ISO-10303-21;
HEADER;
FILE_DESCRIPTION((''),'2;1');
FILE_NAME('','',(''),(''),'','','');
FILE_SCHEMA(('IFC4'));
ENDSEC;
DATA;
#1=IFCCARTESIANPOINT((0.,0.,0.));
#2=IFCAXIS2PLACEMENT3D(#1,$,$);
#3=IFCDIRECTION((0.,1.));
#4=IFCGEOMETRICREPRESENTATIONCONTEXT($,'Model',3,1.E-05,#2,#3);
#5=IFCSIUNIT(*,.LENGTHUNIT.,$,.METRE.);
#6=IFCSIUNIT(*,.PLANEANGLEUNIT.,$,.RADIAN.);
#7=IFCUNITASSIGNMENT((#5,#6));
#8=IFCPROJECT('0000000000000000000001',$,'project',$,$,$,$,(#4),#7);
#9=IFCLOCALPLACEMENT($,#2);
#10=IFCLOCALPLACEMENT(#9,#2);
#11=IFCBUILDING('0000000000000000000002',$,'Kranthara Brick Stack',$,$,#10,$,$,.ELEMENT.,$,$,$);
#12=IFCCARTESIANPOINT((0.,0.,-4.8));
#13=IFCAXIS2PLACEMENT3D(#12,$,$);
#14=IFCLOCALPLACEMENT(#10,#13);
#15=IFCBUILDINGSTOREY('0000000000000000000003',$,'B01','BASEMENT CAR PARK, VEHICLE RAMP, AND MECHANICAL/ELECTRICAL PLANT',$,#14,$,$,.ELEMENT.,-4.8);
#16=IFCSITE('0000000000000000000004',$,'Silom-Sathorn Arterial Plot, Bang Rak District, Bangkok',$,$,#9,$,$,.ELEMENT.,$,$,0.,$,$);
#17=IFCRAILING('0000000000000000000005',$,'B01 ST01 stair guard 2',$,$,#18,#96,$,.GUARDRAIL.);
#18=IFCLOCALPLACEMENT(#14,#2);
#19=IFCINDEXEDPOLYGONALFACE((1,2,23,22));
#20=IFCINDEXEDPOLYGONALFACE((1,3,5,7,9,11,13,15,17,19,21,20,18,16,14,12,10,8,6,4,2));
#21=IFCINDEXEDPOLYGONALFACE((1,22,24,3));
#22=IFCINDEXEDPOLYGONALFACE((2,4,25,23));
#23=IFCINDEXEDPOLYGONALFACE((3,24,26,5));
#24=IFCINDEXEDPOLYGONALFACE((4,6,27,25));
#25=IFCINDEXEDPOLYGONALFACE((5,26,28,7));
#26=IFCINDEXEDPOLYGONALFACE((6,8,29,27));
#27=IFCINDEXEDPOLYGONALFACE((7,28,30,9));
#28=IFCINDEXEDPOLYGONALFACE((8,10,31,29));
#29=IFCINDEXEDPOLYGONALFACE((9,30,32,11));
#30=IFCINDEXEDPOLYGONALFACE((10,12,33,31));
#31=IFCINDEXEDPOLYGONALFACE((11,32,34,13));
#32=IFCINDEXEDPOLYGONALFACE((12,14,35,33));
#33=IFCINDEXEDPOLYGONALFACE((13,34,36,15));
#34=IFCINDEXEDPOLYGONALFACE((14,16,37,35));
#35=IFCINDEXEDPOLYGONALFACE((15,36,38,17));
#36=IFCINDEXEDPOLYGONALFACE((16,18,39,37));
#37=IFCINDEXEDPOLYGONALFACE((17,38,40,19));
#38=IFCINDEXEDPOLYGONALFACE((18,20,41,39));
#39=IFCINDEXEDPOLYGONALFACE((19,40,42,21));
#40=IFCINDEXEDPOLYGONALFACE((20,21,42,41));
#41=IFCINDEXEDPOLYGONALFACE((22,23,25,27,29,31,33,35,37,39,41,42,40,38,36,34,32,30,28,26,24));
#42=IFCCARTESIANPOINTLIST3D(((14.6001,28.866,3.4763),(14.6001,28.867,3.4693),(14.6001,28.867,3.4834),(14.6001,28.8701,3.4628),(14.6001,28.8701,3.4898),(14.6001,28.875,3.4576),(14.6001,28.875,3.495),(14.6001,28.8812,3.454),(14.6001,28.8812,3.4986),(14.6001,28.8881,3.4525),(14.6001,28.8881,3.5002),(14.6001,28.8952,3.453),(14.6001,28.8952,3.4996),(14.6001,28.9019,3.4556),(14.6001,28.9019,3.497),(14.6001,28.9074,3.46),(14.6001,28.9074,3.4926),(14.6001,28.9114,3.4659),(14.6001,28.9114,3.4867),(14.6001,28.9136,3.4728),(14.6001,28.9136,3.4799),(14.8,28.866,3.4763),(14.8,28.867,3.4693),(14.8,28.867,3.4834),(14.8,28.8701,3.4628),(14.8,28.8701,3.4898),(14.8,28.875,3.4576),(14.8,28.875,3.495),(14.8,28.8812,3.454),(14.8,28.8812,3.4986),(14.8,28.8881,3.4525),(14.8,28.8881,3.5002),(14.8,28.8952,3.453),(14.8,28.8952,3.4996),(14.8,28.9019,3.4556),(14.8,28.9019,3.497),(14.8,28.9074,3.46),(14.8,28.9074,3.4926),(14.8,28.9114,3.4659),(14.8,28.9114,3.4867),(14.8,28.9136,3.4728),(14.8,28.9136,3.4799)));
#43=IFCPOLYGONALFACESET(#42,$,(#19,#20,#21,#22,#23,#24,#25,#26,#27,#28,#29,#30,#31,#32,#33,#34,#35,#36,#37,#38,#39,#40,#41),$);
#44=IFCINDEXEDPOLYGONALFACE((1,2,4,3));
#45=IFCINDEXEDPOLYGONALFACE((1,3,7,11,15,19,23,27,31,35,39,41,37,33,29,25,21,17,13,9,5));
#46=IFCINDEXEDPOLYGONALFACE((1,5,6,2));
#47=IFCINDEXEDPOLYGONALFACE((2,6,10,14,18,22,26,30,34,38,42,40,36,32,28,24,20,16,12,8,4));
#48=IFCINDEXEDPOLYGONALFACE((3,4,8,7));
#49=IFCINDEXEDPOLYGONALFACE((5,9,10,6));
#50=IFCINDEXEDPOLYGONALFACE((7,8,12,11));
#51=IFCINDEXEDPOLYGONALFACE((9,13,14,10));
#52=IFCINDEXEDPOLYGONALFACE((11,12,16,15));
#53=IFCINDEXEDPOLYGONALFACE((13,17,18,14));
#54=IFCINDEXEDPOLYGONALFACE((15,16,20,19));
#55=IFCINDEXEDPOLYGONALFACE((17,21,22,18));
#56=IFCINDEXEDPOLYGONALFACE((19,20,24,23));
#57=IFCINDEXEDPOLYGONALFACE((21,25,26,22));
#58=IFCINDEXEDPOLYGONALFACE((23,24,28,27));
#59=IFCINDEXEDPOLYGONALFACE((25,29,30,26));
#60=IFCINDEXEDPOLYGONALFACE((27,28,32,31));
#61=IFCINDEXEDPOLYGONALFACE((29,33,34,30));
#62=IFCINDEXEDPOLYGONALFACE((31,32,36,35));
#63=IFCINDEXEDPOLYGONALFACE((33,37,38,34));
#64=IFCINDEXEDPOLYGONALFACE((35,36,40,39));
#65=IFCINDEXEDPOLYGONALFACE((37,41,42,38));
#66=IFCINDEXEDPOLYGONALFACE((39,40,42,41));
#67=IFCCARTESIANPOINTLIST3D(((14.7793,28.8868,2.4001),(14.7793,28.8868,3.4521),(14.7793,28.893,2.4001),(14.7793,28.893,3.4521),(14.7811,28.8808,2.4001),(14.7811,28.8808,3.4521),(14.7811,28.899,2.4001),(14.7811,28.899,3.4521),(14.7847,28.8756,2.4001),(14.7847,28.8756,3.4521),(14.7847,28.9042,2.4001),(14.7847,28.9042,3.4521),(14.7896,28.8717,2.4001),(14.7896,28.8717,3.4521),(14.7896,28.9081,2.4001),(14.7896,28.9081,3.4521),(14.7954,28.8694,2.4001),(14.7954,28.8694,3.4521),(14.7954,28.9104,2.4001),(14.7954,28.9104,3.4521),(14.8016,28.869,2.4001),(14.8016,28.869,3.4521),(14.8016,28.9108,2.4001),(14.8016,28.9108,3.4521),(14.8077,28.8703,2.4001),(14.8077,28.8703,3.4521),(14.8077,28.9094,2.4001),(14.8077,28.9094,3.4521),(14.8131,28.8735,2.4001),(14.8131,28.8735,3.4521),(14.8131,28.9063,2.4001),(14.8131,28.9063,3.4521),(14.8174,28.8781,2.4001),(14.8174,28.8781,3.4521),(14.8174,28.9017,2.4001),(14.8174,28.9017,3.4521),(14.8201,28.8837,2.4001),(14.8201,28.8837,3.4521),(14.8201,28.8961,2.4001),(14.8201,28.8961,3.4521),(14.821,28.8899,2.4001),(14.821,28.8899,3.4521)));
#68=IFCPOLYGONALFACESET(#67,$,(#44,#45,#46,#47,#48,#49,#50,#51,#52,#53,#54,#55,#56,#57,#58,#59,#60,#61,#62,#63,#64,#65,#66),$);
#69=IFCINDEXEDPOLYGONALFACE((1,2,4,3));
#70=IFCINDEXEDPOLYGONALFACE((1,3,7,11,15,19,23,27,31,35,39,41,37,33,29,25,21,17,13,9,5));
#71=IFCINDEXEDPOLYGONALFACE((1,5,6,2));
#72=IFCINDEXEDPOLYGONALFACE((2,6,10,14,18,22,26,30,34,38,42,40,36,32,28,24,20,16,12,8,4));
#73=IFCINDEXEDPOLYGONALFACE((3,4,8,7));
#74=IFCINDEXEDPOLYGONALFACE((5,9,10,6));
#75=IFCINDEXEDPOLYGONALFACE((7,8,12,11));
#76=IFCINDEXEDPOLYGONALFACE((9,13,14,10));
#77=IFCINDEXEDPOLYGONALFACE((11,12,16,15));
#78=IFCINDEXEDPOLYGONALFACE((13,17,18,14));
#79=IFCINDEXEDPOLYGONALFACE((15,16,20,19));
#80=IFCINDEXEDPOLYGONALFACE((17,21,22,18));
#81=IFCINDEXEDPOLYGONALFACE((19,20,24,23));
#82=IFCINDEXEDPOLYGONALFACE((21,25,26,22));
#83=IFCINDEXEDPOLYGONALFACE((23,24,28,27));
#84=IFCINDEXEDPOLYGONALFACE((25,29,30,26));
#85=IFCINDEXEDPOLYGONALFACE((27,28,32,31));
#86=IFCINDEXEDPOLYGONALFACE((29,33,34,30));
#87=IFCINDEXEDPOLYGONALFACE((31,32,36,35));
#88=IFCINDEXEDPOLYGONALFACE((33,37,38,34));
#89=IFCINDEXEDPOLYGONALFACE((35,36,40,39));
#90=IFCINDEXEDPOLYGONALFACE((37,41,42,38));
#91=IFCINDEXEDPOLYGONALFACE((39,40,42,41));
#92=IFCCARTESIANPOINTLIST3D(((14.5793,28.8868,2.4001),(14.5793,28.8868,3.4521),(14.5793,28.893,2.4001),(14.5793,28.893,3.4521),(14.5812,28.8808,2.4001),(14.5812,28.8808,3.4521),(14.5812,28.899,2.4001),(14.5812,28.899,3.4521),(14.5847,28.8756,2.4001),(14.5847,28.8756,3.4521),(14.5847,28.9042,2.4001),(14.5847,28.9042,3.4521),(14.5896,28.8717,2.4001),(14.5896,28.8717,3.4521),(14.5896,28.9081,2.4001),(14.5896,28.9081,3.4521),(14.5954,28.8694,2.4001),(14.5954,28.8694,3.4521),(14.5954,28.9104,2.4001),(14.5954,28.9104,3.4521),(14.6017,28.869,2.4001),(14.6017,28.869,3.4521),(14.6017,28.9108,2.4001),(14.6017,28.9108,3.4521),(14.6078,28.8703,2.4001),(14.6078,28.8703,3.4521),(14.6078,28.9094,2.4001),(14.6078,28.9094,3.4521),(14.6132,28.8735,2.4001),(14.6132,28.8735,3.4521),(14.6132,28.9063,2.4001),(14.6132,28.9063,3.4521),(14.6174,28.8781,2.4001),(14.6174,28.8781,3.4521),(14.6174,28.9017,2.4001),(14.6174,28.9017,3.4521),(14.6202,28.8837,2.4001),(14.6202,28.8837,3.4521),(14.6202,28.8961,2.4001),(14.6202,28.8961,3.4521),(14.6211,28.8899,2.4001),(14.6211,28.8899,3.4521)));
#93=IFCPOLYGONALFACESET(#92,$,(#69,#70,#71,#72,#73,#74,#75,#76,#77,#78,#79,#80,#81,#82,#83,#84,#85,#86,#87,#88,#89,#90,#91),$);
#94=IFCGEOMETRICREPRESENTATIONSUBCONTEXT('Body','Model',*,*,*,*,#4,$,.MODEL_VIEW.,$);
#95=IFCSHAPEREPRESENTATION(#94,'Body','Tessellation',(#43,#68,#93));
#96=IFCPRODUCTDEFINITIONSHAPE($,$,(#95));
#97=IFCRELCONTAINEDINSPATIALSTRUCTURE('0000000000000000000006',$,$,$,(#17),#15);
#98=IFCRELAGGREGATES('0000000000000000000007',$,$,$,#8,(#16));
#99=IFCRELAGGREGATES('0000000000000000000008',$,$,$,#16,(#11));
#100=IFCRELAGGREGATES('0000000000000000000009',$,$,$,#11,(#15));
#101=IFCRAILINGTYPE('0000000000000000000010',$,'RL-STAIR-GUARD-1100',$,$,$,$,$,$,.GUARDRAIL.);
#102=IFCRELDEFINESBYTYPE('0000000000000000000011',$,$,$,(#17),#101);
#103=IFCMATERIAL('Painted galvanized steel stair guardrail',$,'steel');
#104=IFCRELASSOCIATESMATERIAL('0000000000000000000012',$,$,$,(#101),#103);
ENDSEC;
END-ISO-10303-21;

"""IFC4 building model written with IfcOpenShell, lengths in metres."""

from ifc_helpers import new_model, si_unit, direction, frame, origin, origin_2d, place, context, subcontext, project, spatial, circle, extrude, material, type_object, element, save


model = new_model("IFC4")

# Units and contexts
model_context = context("Model", 3, precision=1e-05, world=origin(), true_north=direction((0.0, 1.0)))
body_context = subcontext(model_context, "Body", "Model", "MODEL_VIEW")
ifc_project = project(units=[si_unit("LENGTHUNIT", "METRE"), si_unit("PLANEANGLEUNIT", "RADIAN")], contexts=[model_context])

# Site, building, storey
site_placement = place(None, origin())
site = spatial("IfcSite", under=ifc_project, at=site_placement, Name="Silom-Sathorn Arterial Plot, Bang Rak District, Bangkok", CompositionType="ELEMENT", RefElevation=0.0)
building_placement = place(site_placement, origin())
building = spatial("IfcBuilding", under=site, at=building_placement, Name="Kranthara Brick Stack", CompositionType="ELEMENT")
storey_placement = place(building_placement, frame((0.0, 0.0, -4.8)))
storey = spatial("IfcBuildingStorey", under=building, at=storey_placement, Name="B01", Description="BASEMENT CAR PARK, VEHICLE RAMP, AND MECHANICAL/ELECTRICAL PLANT", CompositionType="ELEMENT", Elevation=-4.8)

# Railing
ifc_material_1 = material(Name="Painted galvanized steel stair guardrail", Category="steel")
railing_type_1 = type_object("IfcRailingType", Name="RL-STAIR-GUARD-1100", PredefinedType="GUARDRAIL", material=ifc_material_1)
railing_1_placement = place(storey_placement, frame((14.8, 28.8899, 2.4001)))
element("IfcRailing", 1, at=railing_1_placement, inside=storey, type_object=railing_type_1, Name="B01 ST01 stair guard 2", PredefinedType="GUARDRAIL", context=body_context, shape_type="SweptSolid", body=[
    extrude(circle(Radius=0.0239, at=origin_2d()), frame((0.0, 0.0, 1.0762), z_axis=(-1.0, 0.0, 0.0), x_axis=(0.0, -1.0, 0.0)), (0.0, 0.0, 1.0), 0.2),
    extrude(circle(Radius=0.021, at=origin_2d()), origin(), (0.0, 0.0, 1.0), 1.052),
    extrude(circle(Radius=0.021, at=origin_2d()), frame((-0.2, 0.0, 0.0)), (0.0, 0.0, 1.0), 1.052),
])

save(model, "model.ifc")
